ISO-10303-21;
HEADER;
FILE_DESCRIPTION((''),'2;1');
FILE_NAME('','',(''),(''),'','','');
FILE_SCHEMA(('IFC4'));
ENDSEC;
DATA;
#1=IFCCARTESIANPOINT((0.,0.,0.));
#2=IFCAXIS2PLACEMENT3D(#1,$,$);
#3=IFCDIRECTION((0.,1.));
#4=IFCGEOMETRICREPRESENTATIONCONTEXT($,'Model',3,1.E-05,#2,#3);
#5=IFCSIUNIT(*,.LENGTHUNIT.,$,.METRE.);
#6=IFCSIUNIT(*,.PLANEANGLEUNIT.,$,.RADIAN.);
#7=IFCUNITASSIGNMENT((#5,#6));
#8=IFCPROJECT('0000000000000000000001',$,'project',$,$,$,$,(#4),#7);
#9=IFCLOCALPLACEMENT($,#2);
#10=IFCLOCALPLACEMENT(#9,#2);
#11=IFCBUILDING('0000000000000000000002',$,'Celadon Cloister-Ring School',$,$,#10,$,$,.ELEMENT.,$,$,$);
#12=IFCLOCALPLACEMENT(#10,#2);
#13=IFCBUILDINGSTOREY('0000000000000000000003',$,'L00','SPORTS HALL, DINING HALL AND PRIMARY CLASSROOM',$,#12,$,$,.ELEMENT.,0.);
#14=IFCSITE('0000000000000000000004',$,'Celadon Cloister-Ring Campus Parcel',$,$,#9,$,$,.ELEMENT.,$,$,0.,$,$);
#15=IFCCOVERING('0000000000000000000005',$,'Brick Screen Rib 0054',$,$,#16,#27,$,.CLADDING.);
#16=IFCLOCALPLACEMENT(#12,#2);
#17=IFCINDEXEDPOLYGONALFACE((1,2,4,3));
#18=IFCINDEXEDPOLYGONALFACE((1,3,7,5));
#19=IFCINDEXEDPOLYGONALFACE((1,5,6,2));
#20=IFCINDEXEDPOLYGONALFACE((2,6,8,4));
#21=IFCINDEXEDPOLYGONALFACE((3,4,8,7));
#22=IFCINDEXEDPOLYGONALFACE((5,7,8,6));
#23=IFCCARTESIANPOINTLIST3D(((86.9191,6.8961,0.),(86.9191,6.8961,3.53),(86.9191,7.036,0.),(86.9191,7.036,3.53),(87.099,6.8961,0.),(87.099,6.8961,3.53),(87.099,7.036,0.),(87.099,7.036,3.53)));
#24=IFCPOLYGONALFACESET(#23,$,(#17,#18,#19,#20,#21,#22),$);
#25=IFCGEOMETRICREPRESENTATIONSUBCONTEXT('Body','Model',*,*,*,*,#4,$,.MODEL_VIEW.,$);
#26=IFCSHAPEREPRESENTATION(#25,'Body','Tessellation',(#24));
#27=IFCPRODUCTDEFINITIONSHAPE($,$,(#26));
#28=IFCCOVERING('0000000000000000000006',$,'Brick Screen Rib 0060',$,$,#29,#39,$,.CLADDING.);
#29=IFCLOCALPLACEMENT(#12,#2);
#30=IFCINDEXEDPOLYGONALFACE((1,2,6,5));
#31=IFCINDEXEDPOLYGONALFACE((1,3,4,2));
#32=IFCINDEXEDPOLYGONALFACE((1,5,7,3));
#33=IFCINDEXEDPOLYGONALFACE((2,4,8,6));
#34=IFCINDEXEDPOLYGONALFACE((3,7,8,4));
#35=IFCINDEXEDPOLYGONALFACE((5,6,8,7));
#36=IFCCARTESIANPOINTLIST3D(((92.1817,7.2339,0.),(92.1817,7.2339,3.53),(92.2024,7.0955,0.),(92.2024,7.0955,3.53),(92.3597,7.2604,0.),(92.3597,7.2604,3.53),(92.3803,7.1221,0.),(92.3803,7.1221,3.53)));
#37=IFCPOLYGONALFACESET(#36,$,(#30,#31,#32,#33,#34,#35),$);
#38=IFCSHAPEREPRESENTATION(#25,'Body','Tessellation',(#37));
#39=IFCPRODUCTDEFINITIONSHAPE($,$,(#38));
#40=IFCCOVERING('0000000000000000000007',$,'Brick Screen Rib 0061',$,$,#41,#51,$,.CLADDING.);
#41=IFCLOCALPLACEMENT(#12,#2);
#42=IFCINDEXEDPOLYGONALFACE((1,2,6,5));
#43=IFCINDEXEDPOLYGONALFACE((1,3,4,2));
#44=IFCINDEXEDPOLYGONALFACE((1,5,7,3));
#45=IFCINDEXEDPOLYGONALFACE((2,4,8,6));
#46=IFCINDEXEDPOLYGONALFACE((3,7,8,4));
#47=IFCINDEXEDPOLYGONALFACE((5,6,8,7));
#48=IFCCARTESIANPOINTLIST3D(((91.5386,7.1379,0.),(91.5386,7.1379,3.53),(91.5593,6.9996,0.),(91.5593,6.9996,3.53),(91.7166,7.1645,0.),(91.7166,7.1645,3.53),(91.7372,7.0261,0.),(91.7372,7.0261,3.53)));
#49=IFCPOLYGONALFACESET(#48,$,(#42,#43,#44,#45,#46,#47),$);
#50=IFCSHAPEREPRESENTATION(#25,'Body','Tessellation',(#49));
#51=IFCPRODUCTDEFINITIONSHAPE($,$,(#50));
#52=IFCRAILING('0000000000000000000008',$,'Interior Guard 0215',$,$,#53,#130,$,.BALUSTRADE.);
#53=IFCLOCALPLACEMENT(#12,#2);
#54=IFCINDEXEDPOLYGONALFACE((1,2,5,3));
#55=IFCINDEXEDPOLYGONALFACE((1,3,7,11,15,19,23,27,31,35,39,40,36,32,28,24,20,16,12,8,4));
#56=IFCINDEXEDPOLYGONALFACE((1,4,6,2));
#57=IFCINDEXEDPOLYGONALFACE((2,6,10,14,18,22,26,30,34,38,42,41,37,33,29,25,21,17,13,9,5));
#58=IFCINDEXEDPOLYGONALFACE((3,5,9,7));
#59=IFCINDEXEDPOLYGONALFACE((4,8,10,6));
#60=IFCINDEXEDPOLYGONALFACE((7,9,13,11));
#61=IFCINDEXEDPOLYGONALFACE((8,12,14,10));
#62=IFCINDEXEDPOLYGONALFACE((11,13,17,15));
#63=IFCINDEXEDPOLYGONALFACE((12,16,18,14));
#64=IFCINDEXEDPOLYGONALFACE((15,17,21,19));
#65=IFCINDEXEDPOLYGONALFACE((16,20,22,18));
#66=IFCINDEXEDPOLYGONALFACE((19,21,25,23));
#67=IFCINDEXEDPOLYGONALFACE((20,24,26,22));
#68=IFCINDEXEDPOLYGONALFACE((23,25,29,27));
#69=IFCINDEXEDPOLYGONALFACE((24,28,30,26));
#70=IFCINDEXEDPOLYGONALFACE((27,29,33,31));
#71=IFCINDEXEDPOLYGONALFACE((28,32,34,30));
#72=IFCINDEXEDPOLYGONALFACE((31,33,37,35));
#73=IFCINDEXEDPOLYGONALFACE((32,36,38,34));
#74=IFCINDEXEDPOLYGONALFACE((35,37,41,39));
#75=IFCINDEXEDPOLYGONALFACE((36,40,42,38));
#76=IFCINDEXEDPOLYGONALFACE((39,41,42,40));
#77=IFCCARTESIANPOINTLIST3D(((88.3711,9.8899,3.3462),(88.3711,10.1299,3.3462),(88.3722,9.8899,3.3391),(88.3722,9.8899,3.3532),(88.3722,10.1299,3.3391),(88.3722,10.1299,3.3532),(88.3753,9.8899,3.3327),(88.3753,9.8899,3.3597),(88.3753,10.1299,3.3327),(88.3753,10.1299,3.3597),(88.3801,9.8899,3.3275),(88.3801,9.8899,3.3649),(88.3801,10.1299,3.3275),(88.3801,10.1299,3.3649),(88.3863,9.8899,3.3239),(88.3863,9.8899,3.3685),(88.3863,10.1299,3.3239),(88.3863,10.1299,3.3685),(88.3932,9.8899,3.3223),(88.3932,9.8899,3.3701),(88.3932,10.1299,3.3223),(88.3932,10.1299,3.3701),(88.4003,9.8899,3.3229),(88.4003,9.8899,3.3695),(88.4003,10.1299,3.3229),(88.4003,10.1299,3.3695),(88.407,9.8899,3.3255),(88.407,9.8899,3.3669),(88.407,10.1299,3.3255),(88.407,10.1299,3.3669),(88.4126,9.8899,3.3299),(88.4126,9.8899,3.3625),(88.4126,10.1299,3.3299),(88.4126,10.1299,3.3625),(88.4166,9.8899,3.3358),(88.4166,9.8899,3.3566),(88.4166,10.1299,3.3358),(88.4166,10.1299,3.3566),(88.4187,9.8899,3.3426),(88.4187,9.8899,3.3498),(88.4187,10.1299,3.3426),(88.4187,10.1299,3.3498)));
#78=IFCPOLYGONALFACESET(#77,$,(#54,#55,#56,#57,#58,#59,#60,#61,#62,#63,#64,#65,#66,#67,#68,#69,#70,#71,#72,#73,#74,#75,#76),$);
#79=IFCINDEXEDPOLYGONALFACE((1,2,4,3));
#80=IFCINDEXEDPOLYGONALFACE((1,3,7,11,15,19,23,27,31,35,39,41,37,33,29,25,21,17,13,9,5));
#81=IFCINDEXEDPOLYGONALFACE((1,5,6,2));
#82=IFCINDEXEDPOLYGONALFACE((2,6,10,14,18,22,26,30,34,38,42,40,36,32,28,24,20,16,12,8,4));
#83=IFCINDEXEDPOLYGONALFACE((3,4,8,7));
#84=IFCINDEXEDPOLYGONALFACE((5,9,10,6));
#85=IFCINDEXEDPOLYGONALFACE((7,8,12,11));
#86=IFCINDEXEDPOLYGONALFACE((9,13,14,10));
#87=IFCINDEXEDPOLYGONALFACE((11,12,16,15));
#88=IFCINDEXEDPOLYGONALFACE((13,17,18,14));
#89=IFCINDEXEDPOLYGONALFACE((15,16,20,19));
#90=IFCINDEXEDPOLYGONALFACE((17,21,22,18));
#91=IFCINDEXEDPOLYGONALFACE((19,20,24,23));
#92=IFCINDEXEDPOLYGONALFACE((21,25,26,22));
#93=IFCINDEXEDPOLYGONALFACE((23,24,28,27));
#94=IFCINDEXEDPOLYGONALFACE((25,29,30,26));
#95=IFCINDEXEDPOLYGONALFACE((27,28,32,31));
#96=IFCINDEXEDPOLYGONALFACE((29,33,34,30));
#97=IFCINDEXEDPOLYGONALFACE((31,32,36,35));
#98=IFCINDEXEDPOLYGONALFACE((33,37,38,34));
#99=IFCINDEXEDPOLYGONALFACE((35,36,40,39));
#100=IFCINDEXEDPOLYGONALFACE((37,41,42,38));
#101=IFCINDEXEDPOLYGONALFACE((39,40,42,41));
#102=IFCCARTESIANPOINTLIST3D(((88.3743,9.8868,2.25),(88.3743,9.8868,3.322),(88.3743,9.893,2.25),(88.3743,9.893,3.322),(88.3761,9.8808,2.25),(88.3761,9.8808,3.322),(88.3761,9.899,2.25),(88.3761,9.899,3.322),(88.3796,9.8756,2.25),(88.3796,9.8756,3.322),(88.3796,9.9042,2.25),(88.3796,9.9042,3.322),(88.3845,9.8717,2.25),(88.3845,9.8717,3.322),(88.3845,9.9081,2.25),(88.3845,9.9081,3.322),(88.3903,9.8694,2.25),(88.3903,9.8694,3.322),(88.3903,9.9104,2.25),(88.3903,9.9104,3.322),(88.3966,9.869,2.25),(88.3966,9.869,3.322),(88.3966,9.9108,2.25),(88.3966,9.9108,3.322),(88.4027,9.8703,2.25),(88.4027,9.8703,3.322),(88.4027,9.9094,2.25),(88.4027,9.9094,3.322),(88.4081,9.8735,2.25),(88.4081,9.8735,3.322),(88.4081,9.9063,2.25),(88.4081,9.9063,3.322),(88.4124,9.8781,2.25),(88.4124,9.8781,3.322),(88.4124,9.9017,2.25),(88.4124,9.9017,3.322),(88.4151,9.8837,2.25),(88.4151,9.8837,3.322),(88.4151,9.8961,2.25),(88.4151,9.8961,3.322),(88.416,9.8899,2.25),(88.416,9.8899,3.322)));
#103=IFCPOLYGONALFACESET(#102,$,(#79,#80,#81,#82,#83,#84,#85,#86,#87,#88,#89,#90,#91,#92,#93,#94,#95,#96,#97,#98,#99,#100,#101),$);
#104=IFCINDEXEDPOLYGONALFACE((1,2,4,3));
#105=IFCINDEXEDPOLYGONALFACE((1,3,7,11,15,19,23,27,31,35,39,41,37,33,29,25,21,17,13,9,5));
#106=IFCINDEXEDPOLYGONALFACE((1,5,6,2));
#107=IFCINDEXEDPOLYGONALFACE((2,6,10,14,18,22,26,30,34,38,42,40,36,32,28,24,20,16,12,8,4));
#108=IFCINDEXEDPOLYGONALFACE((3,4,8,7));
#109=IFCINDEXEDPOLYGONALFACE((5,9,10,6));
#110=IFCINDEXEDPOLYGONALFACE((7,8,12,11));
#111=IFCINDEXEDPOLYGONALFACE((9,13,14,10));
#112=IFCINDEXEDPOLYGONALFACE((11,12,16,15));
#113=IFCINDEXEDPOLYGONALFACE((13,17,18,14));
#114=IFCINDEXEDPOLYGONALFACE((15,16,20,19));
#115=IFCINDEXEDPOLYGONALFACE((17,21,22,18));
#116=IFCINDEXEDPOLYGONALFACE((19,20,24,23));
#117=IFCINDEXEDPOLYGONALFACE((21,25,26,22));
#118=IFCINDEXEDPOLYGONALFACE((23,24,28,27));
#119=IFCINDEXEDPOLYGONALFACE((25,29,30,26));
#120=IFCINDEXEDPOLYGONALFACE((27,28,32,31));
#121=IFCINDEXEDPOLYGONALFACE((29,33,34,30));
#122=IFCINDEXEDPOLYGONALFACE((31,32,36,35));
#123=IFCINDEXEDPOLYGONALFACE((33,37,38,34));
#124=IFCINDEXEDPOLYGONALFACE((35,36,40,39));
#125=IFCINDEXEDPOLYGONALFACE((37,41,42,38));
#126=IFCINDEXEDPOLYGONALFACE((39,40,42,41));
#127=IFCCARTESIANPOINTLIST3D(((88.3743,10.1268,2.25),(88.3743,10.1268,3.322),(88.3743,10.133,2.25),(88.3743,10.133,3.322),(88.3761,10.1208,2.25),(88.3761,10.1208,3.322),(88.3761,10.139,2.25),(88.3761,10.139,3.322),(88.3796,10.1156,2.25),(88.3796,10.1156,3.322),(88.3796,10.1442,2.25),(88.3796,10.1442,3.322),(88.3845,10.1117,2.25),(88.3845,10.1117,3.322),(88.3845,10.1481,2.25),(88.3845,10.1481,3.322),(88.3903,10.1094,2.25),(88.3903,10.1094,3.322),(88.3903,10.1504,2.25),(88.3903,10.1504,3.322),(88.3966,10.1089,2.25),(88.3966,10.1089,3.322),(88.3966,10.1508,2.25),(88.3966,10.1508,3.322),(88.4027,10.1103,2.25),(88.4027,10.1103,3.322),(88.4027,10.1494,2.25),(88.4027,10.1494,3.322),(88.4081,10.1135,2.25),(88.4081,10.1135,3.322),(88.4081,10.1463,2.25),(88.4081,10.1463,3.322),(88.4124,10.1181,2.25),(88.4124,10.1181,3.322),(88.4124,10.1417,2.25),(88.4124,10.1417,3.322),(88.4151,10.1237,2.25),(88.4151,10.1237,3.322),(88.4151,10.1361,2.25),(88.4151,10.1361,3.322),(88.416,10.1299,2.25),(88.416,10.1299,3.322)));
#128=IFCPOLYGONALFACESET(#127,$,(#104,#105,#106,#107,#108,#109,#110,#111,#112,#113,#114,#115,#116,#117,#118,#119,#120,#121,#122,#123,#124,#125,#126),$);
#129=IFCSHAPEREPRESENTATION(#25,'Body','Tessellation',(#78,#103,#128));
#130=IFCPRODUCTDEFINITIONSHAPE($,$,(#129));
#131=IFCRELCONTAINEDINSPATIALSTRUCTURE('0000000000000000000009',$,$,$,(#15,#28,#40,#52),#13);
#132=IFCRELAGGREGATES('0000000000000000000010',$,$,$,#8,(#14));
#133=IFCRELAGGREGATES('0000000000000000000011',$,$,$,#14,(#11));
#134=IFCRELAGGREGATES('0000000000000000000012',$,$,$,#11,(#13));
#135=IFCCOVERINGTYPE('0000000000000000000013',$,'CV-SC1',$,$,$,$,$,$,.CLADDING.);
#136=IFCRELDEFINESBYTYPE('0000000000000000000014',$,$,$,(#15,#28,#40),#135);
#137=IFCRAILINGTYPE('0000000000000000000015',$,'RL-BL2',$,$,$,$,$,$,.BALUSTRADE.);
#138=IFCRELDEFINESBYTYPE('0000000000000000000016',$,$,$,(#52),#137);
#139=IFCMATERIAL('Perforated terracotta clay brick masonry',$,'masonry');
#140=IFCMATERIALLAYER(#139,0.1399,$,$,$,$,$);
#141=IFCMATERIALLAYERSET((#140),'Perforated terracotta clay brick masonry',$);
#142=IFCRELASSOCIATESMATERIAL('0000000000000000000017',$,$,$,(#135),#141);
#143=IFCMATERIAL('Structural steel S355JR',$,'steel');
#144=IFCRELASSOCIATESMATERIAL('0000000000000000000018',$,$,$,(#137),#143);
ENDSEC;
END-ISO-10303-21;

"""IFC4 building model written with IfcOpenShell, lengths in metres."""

from ifc_helpers import new_model, si_unit, direction, frame, origin, origin_2d, place, context, subcontext, project, spatial, rectangle, circle, extrude, material, layer, layer_set, type_object, element, save


model = new_model("IFC4")

# Units and contexts
model_context = context("Model", 3, precision=1e-05, world=origin(), true_north=direction((0.0, 1.0)))
body_context = subcontext(model_context, "Body", "Model", "MODEL_VIEW")
ifc_project = project(units=[si_unit("LENGTHUNIT", "METRE"), si_unit("PLANEANGLEUNIT", "RADIAN")], contexts=[model_context])

# Site, building, storey
site_placement = place(None, origin())
site = spatial("IfcSite", under=ifc_project, at=site_placement, Name="Celadon Cloister-Ring Campus Parcel", CompositionType="ELEMENT", RefElevation=0.0)
building_placement = place(site_placement, origin())
building = spatial("IfcBuilding", under=site, at=building_placement, Name="Celadon Cloister-Ring School", CompositionType="ELEMENT")
storey_placement = place(building_placement, origin())
storey = spatial("IfcBuildingStorey", under=building, at=storey_placement, Name="L00", Description="SPORTS HALL, DINING HALL AND PRIMARY CLASSROOM", CompositionType="ELEMENT", Elevation=0.0)

# Coverings
ifc_material_1 = material(Name="Perforated terracotta clay brick masonry", Category="masonry")
ifc_layer_1 = layer(ifc_material_1, 0.1399)
ifc_layer_set_1 = layer_set([ifc_layer_1], Name="Perforated terracotta clay brick masonry")
covering_type = type_object("IfcCoveringType", Name="CV-SC1", PredefinedType="CLADDING", material=ifc_layer_set_1)
for number, where, z_axis, x_axis, name in (
    (1, (87.009, 6.9661, 0.0), (0.0, 0.0, 1.0), (-1.0, 0.0, 0.0), "Brick Screen Rib 0054"),
    (2, (92.281, 7.178, 0.0), (0.0, 0.0, 1.0), (-0.989042, -0.147637, 0.0), "Brick Screen Rib 0060"),
    (3, (91.6379, 7.082, 0.0), (0.0, 0.0, 1.0), (-0.989042, -0.147637, 0.0), "Brick Screen Rib 0061"),
):
    element("IfcCovering", number, at=place(storey_placement, frame(where, z_axis=z_axis, x_axis=x_axis)), inside=storey, type_object=covering_type, Name=name, PredefinedType="CLADDING", context=body_context, shape_type="SweptSolid", body=[
        extrude(rectangle(XDim=0.1799, YDim=0.1399, at=origin_2d()), origin(), (0.0, 0.0, 1.0), 3.53),
    ])

# Railing
ifc_material_2 = material(Name="Structural steel S355JR", Category="steel")
railing_type_1 = type_object("IfcRailingType", Name="RL-BL2", PredefinedType="BALUSTRADE", material=ifc_material_2)
railing_placement = place(storey_placement, frame((88.395, 9.8899, 2.25)))
element("IfcRailing", 4, at=railing_placement, inside=storey, type_object=railing_type_1, Name="Interior Guard 0215", PredefinedType="BALUSTRADE", context=body_context, shape_type="SweptSolid", body=[
    extrude(circle(Radius=0.0239, at=origin_2d()), frame((0.0, 0.0, 1.0962), z_axis=(0.0, 1.0, 0.0), x_axis=(-1.0, 0.0, 0.0)), (0.0, 0.0, 1.0), 0.24),
    extrude(circle(Radius=0.021, at=origin_2d()), origin(), (0.0, 0.0, 1.0), 1.072),
    extrude(circle(Radius=0.021, at=origin_2d()), frame((0.0, 0.24, 0.0)), (0.0, 0.0, 1.0), 1.072),
])

save(model, "model.ifc")
